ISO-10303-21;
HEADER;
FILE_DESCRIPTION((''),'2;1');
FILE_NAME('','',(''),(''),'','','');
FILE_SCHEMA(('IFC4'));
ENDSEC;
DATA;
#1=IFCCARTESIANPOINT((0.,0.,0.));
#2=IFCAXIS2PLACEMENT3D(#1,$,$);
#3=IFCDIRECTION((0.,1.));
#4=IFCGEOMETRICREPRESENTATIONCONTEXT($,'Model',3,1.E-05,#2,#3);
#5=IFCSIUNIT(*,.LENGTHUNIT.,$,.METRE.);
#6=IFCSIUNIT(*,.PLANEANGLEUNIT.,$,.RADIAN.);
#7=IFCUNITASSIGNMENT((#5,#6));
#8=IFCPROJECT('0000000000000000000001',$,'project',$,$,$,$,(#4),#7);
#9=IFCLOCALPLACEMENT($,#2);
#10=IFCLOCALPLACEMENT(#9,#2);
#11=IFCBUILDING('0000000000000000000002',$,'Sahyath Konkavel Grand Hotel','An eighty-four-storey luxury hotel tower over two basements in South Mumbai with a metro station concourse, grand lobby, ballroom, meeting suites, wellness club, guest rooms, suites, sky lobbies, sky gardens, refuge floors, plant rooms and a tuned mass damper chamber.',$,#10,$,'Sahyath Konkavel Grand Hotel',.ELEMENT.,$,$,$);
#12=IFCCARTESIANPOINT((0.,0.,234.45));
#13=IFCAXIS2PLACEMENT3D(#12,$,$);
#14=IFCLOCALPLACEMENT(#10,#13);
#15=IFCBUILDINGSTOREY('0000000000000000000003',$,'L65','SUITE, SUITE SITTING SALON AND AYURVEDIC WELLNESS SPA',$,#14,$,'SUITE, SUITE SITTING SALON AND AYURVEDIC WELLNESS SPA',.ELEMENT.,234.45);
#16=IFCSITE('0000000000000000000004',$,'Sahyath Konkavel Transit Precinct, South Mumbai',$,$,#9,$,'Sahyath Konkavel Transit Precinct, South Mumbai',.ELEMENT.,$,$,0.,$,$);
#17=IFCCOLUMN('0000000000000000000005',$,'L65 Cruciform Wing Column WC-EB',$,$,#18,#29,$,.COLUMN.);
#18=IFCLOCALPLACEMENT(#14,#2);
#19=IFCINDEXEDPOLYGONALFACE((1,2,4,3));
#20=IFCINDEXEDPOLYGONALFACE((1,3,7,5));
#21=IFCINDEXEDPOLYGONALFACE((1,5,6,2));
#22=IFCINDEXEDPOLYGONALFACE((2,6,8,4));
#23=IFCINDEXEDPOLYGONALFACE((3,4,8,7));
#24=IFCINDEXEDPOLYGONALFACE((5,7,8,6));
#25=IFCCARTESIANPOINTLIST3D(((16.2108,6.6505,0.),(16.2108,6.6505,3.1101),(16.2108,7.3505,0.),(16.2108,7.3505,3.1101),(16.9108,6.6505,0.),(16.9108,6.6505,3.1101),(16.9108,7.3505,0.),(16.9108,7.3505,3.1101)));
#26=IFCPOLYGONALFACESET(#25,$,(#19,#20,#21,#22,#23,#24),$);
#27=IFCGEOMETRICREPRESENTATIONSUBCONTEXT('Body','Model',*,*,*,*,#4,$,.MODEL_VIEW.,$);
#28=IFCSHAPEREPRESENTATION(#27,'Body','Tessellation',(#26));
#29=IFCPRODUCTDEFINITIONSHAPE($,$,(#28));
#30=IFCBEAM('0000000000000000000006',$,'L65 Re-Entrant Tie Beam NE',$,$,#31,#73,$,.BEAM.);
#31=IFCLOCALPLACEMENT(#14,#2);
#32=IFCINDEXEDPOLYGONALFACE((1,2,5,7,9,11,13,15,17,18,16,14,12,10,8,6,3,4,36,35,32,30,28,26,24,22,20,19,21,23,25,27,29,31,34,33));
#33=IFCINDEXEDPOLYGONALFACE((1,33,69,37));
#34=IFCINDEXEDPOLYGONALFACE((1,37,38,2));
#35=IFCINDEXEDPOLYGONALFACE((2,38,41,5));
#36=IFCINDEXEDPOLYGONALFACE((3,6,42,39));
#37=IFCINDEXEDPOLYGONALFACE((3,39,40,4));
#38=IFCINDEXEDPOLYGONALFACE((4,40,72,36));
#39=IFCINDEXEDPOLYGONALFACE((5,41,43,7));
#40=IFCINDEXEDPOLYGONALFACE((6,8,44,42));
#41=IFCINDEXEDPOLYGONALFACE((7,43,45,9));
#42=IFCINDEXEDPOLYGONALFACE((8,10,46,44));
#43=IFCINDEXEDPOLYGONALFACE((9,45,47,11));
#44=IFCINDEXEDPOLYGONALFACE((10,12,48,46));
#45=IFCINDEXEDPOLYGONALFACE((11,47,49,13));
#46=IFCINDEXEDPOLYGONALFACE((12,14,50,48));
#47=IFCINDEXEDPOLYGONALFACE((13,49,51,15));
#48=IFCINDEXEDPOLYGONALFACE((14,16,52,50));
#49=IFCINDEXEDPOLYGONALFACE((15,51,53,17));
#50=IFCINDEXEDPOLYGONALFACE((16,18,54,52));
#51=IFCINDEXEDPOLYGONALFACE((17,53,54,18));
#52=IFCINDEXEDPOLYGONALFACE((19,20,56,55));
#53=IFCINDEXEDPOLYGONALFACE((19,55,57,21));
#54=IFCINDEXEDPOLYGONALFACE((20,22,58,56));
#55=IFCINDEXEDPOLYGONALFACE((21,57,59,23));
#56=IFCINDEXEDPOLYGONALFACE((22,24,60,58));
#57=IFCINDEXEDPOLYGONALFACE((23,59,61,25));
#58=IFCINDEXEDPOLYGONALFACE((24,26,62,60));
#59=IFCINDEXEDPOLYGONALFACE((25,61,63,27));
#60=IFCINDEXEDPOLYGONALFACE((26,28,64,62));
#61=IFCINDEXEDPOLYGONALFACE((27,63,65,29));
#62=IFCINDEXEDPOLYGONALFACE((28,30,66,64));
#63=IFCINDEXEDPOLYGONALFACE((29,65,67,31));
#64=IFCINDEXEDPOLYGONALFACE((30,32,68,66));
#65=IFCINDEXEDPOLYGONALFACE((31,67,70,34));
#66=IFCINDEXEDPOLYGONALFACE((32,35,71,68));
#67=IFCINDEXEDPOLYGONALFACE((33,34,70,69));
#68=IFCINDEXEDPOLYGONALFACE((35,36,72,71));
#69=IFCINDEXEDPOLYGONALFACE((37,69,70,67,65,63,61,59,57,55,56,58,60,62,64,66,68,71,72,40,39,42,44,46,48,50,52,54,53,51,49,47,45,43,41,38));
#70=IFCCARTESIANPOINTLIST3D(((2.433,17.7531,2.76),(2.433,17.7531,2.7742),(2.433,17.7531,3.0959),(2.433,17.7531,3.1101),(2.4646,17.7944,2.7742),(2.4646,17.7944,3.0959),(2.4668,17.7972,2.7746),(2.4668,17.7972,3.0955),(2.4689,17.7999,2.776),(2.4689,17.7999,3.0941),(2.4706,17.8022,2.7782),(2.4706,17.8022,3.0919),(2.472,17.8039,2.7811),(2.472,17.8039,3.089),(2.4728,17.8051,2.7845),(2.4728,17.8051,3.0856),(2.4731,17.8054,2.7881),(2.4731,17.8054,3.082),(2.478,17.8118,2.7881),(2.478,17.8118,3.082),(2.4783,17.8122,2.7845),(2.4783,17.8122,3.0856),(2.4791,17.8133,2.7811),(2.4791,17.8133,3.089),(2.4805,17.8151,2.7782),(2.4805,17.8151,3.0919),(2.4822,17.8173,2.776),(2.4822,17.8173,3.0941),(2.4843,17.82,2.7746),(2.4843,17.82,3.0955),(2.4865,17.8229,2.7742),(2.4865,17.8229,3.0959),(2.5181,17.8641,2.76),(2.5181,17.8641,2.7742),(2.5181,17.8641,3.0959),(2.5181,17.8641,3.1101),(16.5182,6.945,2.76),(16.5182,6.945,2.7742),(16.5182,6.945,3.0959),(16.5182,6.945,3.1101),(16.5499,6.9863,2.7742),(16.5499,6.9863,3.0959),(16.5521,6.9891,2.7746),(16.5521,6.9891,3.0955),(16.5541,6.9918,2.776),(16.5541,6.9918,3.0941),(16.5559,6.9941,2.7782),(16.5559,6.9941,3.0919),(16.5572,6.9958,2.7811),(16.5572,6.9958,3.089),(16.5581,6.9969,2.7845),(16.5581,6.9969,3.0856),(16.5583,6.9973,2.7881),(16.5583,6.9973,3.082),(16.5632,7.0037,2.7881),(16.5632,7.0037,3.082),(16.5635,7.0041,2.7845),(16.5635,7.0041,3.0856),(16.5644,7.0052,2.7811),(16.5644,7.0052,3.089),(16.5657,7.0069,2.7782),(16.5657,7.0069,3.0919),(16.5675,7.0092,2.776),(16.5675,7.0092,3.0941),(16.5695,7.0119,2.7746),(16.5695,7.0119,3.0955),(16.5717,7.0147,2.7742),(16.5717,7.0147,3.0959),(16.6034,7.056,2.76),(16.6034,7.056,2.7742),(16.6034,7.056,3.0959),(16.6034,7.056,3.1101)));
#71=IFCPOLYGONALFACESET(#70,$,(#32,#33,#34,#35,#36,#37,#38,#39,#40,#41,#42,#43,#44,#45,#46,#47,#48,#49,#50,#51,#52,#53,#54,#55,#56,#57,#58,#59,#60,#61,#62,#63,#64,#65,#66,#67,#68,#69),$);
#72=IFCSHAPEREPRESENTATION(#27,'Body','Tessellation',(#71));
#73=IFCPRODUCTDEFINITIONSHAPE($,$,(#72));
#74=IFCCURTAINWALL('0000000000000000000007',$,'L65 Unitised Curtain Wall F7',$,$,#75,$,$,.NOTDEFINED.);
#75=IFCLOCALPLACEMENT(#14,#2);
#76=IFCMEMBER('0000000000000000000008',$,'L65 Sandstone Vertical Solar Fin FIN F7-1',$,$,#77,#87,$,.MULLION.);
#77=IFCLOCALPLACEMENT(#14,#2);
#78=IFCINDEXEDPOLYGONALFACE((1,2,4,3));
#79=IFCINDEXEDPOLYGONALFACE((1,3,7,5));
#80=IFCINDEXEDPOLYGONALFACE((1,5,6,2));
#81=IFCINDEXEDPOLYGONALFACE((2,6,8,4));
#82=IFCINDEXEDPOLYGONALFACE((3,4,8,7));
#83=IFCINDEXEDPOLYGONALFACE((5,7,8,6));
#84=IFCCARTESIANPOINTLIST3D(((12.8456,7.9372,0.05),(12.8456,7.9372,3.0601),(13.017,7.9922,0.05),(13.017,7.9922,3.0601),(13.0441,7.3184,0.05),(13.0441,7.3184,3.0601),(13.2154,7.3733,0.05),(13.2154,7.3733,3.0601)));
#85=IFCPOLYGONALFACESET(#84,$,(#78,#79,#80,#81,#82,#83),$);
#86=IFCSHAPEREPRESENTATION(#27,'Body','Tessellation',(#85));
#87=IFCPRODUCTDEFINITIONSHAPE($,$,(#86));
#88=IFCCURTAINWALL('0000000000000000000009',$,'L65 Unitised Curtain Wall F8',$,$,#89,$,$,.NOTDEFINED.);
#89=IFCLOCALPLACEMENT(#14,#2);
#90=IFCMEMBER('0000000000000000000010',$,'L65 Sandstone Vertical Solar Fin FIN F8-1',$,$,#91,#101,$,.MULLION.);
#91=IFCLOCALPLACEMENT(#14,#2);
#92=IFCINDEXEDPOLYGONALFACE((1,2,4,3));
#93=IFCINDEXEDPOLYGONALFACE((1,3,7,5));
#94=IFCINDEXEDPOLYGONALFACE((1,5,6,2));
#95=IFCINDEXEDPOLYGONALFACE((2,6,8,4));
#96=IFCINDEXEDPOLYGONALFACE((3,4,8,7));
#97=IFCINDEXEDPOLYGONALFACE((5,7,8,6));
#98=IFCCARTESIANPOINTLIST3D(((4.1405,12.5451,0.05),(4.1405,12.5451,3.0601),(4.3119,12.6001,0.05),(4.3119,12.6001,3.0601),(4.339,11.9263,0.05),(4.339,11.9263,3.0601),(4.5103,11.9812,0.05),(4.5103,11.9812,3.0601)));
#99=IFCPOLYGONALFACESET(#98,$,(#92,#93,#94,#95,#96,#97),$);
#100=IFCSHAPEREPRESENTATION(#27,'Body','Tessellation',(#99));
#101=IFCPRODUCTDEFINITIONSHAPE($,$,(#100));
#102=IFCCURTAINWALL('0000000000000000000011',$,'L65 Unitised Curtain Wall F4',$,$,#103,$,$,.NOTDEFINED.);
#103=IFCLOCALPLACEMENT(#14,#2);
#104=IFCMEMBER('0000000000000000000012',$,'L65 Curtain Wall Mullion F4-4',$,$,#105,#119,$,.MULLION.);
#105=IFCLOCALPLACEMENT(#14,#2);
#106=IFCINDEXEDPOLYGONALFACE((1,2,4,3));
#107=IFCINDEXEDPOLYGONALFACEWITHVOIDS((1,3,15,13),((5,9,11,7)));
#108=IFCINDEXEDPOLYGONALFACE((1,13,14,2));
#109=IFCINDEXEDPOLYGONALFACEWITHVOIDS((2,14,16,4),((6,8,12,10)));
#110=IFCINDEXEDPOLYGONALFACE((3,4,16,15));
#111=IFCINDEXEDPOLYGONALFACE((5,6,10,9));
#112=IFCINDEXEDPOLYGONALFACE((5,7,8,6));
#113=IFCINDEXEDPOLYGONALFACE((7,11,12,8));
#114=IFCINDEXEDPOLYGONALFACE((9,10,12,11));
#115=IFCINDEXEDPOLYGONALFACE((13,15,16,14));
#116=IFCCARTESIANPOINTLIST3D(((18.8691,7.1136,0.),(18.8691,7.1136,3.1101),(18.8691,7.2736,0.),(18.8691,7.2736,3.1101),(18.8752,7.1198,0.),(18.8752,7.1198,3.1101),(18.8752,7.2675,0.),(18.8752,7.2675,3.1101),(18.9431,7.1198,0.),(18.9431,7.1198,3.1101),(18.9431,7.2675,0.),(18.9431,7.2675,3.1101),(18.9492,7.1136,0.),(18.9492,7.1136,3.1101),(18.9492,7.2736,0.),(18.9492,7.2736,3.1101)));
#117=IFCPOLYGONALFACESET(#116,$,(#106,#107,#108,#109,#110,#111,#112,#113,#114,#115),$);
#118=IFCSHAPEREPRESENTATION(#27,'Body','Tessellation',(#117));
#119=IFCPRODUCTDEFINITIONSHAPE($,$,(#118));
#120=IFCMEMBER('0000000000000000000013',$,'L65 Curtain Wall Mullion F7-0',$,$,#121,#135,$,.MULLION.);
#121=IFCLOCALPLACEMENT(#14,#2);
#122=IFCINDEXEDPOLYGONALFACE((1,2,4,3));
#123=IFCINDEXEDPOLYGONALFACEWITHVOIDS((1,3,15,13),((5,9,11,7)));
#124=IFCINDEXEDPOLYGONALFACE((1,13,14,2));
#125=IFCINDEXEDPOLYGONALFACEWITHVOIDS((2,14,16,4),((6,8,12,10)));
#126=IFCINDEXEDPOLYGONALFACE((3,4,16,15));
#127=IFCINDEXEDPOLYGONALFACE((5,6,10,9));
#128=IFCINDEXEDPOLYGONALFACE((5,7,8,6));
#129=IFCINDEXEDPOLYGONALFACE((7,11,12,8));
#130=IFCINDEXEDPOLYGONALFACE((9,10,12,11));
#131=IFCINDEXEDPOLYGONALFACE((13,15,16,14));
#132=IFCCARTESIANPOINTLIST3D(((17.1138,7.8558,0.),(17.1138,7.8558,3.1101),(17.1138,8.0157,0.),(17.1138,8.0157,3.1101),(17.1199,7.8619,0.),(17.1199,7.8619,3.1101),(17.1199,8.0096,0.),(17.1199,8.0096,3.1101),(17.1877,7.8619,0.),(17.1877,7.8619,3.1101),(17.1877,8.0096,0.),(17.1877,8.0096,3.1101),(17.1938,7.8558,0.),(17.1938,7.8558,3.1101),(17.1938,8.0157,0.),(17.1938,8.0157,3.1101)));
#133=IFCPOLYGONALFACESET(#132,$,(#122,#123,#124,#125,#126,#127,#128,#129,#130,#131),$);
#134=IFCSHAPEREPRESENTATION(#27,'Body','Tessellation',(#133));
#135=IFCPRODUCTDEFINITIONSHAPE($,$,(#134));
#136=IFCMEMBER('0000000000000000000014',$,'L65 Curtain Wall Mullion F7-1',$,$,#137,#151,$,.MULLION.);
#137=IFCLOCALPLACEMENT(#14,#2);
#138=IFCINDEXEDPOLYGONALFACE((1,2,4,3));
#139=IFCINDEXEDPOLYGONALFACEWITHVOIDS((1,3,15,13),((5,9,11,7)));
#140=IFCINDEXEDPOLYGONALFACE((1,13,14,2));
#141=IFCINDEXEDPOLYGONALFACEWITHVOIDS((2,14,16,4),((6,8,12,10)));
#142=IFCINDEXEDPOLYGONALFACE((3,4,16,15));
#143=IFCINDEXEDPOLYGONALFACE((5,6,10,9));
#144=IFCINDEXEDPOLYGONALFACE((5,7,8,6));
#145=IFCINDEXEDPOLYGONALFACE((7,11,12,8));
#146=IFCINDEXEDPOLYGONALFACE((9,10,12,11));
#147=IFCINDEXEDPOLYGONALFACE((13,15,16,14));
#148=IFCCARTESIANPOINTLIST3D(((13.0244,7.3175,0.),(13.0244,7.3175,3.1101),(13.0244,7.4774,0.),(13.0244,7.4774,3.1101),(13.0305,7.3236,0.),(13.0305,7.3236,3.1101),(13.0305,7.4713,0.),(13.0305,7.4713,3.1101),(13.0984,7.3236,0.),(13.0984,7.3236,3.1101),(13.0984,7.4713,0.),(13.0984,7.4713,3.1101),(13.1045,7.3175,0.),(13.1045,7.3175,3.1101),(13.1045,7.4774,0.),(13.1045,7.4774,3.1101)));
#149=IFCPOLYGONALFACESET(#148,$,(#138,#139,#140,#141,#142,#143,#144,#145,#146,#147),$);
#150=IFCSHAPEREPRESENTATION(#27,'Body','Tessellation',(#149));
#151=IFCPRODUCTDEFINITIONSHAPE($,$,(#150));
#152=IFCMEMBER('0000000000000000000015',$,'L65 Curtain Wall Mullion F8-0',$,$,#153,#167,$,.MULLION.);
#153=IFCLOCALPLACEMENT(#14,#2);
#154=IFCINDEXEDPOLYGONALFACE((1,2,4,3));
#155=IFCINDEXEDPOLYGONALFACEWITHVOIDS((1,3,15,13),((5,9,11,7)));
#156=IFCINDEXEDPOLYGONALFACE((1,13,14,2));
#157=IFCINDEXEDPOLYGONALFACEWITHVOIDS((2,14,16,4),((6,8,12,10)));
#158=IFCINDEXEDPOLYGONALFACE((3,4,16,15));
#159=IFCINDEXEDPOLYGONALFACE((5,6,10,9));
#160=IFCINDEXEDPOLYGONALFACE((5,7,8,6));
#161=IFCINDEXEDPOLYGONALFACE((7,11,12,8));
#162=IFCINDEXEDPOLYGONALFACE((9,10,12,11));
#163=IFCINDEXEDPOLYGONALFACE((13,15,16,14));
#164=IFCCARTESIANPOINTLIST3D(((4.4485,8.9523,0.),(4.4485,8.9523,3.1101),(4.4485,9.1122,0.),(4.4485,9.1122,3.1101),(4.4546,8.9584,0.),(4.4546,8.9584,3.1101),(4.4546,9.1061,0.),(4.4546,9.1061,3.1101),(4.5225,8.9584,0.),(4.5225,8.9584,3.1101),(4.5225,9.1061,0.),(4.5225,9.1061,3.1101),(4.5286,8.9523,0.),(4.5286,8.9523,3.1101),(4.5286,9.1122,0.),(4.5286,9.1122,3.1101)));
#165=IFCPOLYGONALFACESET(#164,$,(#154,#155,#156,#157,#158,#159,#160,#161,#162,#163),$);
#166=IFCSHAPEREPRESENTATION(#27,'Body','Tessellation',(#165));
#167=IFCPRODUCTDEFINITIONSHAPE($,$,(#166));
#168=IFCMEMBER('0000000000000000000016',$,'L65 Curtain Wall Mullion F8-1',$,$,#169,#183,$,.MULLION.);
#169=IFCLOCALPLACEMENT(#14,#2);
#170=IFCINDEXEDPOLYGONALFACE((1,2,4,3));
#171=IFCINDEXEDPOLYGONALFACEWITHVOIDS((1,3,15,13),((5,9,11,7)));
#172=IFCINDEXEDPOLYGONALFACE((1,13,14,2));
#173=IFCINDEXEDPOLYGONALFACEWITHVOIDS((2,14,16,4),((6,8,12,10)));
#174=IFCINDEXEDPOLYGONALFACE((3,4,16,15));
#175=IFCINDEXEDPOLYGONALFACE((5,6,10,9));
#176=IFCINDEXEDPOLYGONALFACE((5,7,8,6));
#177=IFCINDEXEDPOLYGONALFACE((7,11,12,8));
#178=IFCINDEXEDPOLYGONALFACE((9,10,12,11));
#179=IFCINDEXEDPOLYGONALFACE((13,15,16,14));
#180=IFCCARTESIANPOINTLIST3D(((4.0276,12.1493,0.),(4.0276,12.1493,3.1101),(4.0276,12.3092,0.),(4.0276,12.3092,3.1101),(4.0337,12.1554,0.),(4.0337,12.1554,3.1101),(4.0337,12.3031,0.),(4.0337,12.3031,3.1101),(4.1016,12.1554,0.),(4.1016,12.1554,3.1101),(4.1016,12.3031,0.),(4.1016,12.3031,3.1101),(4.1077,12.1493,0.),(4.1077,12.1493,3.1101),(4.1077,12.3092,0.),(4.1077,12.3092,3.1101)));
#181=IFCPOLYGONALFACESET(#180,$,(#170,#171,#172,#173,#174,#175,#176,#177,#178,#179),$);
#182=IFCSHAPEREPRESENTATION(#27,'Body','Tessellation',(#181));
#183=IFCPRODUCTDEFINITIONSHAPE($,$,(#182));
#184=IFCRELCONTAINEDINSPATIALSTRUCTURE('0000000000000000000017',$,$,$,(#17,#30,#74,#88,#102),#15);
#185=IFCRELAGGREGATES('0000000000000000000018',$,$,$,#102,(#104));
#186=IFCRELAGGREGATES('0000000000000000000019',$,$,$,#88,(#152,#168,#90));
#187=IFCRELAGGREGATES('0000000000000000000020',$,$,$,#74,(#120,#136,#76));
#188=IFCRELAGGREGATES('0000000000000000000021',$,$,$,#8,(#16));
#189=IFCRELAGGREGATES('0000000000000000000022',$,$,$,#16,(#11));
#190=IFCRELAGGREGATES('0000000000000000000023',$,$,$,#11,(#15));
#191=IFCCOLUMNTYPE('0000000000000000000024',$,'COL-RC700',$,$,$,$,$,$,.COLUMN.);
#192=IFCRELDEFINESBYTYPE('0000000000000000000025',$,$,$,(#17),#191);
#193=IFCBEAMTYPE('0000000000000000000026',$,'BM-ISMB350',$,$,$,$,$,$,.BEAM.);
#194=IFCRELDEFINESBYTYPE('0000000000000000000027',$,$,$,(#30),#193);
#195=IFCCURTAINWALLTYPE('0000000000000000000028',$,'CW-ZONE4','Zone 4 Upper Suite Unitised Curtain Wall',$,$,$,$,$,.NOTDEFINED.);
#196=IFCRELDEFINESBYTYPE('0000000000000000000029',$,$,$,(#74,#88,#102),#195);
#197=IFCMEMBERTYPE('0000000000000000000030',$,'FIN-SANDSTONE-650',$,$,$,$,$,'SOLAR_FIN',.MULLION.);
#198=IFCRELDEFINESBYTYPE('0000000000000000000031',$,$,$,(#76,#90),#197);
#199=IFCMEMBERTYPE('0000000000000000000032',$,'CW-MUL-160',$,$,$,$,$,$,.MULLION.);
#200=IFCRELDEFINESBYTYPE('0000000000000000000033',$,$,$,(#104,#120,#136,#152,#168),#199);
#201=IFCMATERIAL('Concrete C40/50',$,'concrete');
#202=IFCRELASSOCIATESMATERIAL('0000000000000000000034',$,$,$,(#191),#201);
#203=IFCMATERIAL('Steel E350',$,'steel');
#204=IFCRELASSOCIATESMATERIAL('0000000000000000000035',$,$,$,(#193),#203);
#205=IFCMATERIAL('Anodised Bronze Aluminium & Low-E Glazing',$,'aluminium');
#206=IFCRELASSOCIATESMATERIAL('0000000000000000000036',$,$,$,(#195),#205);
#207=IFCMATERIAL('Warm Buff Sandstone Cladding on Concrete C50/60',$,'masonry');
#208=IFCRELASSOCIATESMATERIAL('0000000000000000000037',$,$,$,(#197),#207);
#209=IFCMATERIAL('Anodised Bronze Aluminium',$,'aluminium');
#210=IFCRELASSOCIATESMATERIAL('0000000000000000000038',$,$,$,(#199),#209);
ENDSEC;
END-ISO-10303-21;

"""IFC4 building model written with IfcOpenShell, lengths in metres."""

from ifc_helpers import new_model, si_unit, direction, frame, origin, origin_2d, place, context, subcontext, project, spatial, rectangle, hollow_rectangle, i_section, extrude, source, transform, mapped, material, material_profile, profile_set, type_object, element, aggregate, save


model = new_model("IFC4")

# Units and contexts
model_context = context("Model", 3, precision=1e-05, world=origin(), true_north=direction((0.0, 1.0)))
body_context = subcontext(model_context, "Body", "Model", "MODEL_VIEW")
ifc_project = project(units=[si_unit("LENGTHUNIT", "METRE"), si_unit("PLANEANGLEUNIT", "RADIAN")], contexts=[model_context])

# Site, building, storey
site_placement = place(None, origin())
site = spatial("IfcSite", under=ifc_project, at=site_placement, Name="Sahyath Konkavel Transit Precinct, South Mumbai", LongName="Sahyath Konkavel Transit Precinct, South Mumbai", CompositionType="ELEMENT", RefElevation=0.0)
building_placement = place(site_placement, origin())
building = spatial("IfcBuilding", under=site, at=building_placement, Name="Sahyath Konkavel Grand Hotel", Description="An eighty-four-storey luxury hotel tower over two basements in South Mumbai with a metro station concourse, grand lobby, ballroom, meeting suites, wellness club, guest rooms, suites, sky lobbies, sky gardens, refuge floors, plant rooms and a tuned mass damper chamber.", LongName="Sahyath Konkavel Grand Hotel", CompositionType="ELEMENT")
storey_placement = place(building_placement, frame((0.0, 0.0, 234.45)))
storey = spatial("IfcBuildingStorey", under=building, at=storey_placement, Name="L65", Description="SUITE, SUITE SITTING SALON AND AYURVEDIC WELLNESS SPA", LongName="SUITE, SUITE SITTING SALON AND AYURVEDIC WELLNESS SPA", CompositionType="ELEMENT", Elevation=234.45)

# Column
ifc_material_1 = material(Name="Concrete C40/50", Category="concrete")
ifc_material_profile_1 = material_profile(ifc_material_1, rectangle(XDim=0.7, YDim=0.7, at=origin_2d()), Name="RC 700x700")
ifc_profile_set_1 = profile_set([ifc_material_profile_1], Name="Concrete C40/50")
column_type = type_object("IfcColumnType", Name="COL-RC700", PredefinedType="COLUMN", material=ifc_profile_set_1)
shared_shape_1 = source(origin(), body_context, "Body", "SweptSolid", [
    extrude(rectangle(XDim=0.7, YDim=0.7, at=origin_2d()), origin(), (0.0, 0.0, 1.0), 3.1101),
])
column_placement = place(storey_placement, frame((16.5608, 7.0005, 0.0), z_axis=(0.0, 0.0, 1.0), x_axis=(1.0, 0.0, 0.0)))
element("IfcColumn", 1, at=column_placement, inside=storey, type_object=column_type, Name="L65 Cruciform Wing Column WC-EB", PredefinedType="COLUMN", context=body_context, shape_type="MappedRepresentation", body=[
    mapped(shared_shape_1, transform((0.0, 0.0, 0.0), scale=1.0)),
])

# Beam
ifc_material_2 = material(Name="Steel E350", Category="steel")
ifc_material_profile_2 = material_profile(ifc_material_2, i_section(OverallWidth=0.1399, OverallDepth=0.3501, WebThickness=0.0081, FlangeThickness=0.0142, FilletRadius=0.0139, at=origin_2d()), Name="ISMB 350")
ifc_profile_set_2 = profile_set([ifc_material_profile_2], Name="Steel E350")
beam_type = type_object("IfcBeamType", Name="BM-ISMB350", PredefinedType="BEAM", material=ifc_profile_set_2)
shared_shape_2 = source(origin(), body_context, "Body", "SweptSolid", [
    extrude(i_section(OverallWidth=0.1399, OverallDepth=0.3501, WebThickness=0.0081, FlangeThickness=0.0142, FilletRadius=0.0139, at=origin_2d()), origin(), (0.0, 0.0, 1.0), 17.7542),
])
beam_placement = place(storey_placement, frame((16.5608, 7.0005, 2.9351), z_axis=(-0.793349, 0.608767, 0.0), x_axis=(-0.608767, -0.793349, 0.0)))
element("IfcBeam", 2, at=beam_placement, inside=storey, type_object=beam_type, Name="L65 Re-Entrant Tie Beam NE", PredefinedType="BEAM", context=body_context, shape_type="MappedRepresentation", body=[
    mapped(shared_shape_2, transform((0.0, 0.0, 0.0), scale=1.0)),
])

# Curtain walls, members
ifc_material_3 = material(Name="Anodised Bronze Aluminium & Low-E Glazing", Category="aluminium")
curtain_wall_type = type_object("IfcCurtainWallType", Name="CW-ZONE4", Description="Zone 4 Upper Suite Unitised Curtain Wall", PredefinedType="NOTDEFINED", material=ifc_material_3)
curtain_wall_1_placement = place(storey_placement, origin())
curtain_wall_1 = element("IfcCurtainWall", 3, at=curtain_wall_1_placement, inside=storey, type_object=curtain_wall_type, Name="L65 Unitised Curtain Wall F7", PredefinedType="NOTDEFINED")
ifc_material_4 = material(Name="Warm Buff Sandstone Cladding on Concrete C50/60", Category="masonry")
ifc_material_profile_3 = material_profile(ifc_material_4, rectangle(XDim=0.1799, YDim=0.6499, at=origin_2d()), Name="FIN 180x650")
ifc_profile_set_3 = profile_set([ifc_material_profile_3], Name="Warm Buff Sandstone Cladding on Concrete C50/60")
member_type_1 = type_object("IfcMemberType", Name="FIN-SANDSTONE-650", ElementType="SOLAR_FIN", PredefinedType="MULLION", material=ifc_profile_set_3)
shared_shape_3 = source(origin(), body_context, "Body", "SweptSolid", [
    extrude(rectangle(XDim=0.1799, YDim=0.6499, at=origin_2d()), origin(), (0.0, 0.0, 1.0), 3.01),
])
member_1_placement = place(storey_placement, frame((13.0305, 7.6553, 0.05), z_axis=(0.0, 0.0, 1.0), x_axis=(0.952236, 0.305363, 0.0)))
member_1 = element("IfcMember", 4, at=member_1_placement, type_object=member_type_1, Name="L65 Sandstone Vertical Solar Fin FIN F7-1", PredefinedType="MULLION", context=body_context, shape_type="MappedRepresentation", body=[
    mapped(shared_shape_3, transform((0.0, 0.0, 0.0), scale=1.0)),
])
curtain_wall_2_placement = place(storey_placement, origin())
curtain_wall_2 = element("IfcCurtainWall", 5, at=curtain_wall_2_placement, inside=storey, type_object=curtain_wall_type, Name="L65 Unitised Curtain Wall F8", PredefinedType="NOTDEFINED")
member_2_placement = place(storey_placement, frame((4.3254, 12.2632, 0.05), z_axis=(0.0, 0.0, 1.0), x_axis=(0.952236, 0.305363, 0.0)))
member_2 = element("IfcMember", 6, at=member_2_placement, type_object=member_type_1, Name="L65 Sandstone Vertical Solar Fin FIN F8-1", PredefinedType="MULLION", context=body_context, shape_type="MappedRepresentation", body=[
    mapped(shared_shape_3, transform((0.0, 0.0, 0.0), scale=1.0)),
])
curtain_wall_3_placement = place(storey_placement, origin())
curtain_wall_3 = element("IfcCurtainWall", 7, at=curtain_wall_3_placement, inside=storey, type_object=curtain_wall_type, Name="L65 Unitised Curtain Wall F4", PredefinedType="NOTDEFINED")
ifc_material_5 = material(Name="Anodised Bronze Aluminium", Category="aluminium")
ifc_material_profile_4 = material_profile(ifc_material_5, hollow_rectangle(XDim=0.0801, YDim=0.1599, WallThickness=0.0061, at=origin_2d()), Name="RHS 160x80x6")
ifc_profile_set_4 = profile_set([ifc_material_profile_4], Name="Anodised Bronze Aluminium")
member_type_2 = type_object("IfcMemberType", Name="CW-MUL-160", PredefinedType="MULLION", material=ifc_profile_set_4)
shared_shape_4 = source(origin(), body_context, "Body", "SweptSolid", [
    extrude(hollow_rectangle(XDim=0.0801, YDim=0.1599, WallThickness=0.0061, at=origin_2d()), origin(), (0.0, 0.0, 1.0), 3.1101),
])
member_3_placement = place(storey_placement, frame((18.9092, 7.1936, 0.0), z_axis=(0.0, 0.0, 1.0), x_axis=(1.0, 0.0, 0.0)))
member_3 = element("IfcMember", 8, at=member_3_placement, type_object=member_type_2, Name="L65 Curtain Wall Mullion F4-4", PredefinedType="MULLION", context=body_context, shape_type="MappedRepresentation", body=[
    mapped(shared_shape_4, transform((0.0, 0.0, 0.0), scale=1.0)),
])
aggregate(curtain_wall_3, [member_3])

# Members
member_4_placement = place(storey_placement, frame((17.1538, 7.9358, 0.0), z_axis=(0.0, 0.0, 1.0), x_axis=(1.0, 0.0, 0.0)))
member_4 = element("IfcMember", 9, at=member_4_placement, type_object=member_type_2, Name="L65 Curtain Wall Mullion F7-0", PredefinedType="MULLION", context=body_context, shape_type="MappedRepresentation", body=[
    mapped(shared_shape_4, transform((0.0, 0.0, 0.0), scale=1.0)),
])
member_5_placement = place(storey_placement, frame((13.0645, 7.3975, 0.0), z_axis=(0.0, 0.0, 1.0), x_axis=(1.0, 0.0, 0.0)))
member_5 = element("IfcMember", 10, at=member_5_placement, type_object=member_type_2, Name="L65 Curtain Wall Mullion F7-1", PredefinedType="MULLION", context=body_context, shape_type="MappedRepresentation", body=[
    mapped(shared_shape_4, transform((0.0, 0.0, 0.0), scale=1.0)),
])
member_6_placement = place(storey_placement, frame((4.4885, 9.0322, 0.0), z_axis=(0.0, 0.0, 1.0), x_axis=(1.0, 0.0, 0.0)))
member_6 = element("IfcMember", 11, at=member_6_placement, type_object=member_type_2, Name="L65 Curtain Wall Mullion F8-0", PredefinedType="MULLION", context=body_context, shape_type="MappedRepresentation", body=[
    mapped(shared_shape_4, transform((0.0, 0.0, 0.0), scale=1.0)),
])
member_7_placement = place(storey_placement, frame((4.0676, 12.2292, 0.0), z_axis=(0.0, 0.0, 1.0), x_axis=(1.0, 0.0, 0.0)))
member_7 = element("IfcMember", 12, at=member_7_placement, type_object=member_type_2, Name="L65 Curtain Wall Mullion F8-1", PredefinedType="MULLION", context=body_context, shape_type="MappedRepresentation", body=[
    mapped(shared_shape_4, transform((0.0, 0.0, 0.0), scale=1.0)),
])

aggregate(curtain_wall_2, [member_6, member_7, member_2])
aggregate(curtain_wall_1, [member_4, member_5, member_1])

save(model, "model.ifc")
